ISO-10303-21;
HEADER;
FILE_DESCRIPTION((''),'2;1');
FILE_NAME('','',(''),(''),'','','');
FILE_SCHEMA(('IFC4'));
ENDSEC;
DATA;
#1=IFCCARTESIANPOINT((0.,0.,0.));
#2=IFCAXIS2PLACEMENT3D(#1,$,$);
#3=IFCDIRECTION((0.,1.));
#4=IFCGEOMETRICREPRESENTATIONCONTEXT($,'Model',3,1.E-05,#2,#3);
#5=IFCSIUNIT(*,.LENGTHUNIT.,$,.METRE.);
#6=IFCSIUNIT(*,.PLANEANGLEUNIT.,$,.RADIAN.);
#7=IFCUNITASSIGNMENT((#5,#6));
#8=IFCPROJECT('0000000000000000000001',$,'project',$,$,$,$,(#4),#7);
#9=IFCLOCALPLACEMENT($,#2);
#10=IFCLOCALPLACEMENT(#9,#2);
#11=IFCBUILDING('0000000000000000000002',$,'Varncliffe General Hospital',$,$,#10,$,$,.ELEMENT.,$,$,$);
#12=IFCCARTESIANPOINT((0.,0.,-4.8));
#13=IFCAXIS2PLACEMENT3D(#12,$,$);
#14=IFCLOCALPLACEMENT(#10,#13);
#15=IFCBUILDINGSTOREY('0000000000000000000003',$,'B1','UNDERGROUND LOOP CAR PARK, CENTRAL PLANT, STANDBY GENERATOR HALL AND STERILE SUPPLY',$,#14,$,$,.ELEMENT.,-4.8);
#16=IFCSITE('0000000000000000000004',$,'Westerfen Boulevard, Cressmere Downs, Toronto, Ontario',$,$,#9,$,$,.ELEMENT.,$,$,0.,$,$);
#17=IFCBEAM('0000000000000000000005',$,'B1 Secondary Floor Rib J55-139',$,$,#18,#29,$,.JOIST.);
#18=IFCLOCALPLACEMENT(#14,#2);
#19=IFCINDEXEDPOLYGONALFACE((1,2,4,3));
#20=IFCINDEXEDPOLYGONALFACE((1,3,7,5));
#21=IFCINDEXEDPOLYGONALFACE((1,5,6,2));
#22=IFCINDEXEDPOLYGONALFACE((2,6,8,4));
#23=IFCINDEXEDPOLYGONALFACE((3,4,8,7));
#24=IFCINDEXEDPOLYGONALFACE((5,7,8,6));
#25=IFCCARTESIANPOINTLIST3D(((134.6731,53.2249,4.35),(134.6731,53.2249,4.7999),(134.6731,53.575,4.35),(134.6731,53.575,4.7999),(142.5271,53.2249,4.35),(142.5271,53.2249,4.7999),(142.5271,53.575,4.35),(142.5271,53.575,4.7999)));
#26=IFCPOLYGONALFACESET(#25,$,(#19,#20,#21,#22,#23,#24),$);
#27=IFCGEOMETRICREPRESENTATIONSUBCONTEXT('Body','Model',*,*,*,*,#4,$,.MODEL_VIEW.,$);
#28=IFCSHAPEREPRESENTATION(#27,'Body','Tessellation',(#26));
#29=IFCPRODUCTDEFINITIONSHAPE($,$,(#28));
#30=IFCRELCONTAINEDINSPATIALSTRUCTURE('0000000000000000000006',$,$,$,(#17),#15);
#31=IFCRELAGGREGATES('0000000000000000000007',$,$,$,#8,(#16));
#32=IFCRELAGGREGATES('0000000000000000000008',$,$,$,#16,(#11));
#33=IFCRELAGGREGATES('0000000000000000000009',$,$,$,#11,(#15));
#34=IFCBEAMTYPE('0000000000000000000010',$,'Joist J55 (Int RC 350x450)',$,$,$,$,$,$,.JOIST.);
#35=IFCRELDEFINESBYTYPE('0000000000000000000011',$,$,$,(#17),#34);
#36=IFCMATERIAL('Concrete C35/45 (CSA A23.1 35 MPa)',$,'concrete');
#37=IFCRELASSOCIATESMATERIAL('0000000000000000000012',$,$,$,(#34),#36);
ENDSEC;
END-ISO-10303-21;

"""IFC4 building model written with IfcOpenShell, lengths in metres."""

from ifc_helpers import new_model, si_unit, direction, frame, origin, origin_2d, place, context, subcontext, project, spatial, rectangle, extrude, material, material_profile, profile_set, type_object, element, save


model = new_model("IFC4")

# Units and contexts
model_context = context("Model", 3, precision=1e-05, world=origin(), true_north=direction((0.0, 1.0)))
body_context = subcontext(model_context, "Body", "Model", "MODEL_VIEW")
ifc_project = project(units=[si_unit("LENGTHUNIT", "METRE"), si_unit("PLANEANGLEUNIT", "RADIAN")], contexts=[model_context])

# Site, building, storey
site_placement = place(None, origin())
site = spatial("IfcSite", under=ifc_project, at=site_placement, Name="Westerfen Boulevard, Cressmere Downs, Toronto, Ontario", CompositionType="ELEMENT", RefElevation=0.0)
building_placement = place(site_placement, origin())
building = spatial("IfcBuilding", under=site, at=building_placement, Name="Varncliffe General Hospital", CompositionType="ELEMENT")
storey_placement = place(building_placement, frame((0.0, 0.0, -4.8)))
storey = spatial("IfcBuildingStorey", under=building, at=storey_placement, Name="B1", Description="UNDERGROUND LOOP CAR PARK, CENTRAL PLANT, STANDBY GENERATOR HALL AND STERILE SUPPLY", CompositionType="ELEMENT", Elevation=-4.8)

# Beam
ifc_material_1 = material(Name="Concrete C35/45 (CSA A23.1 35 MPa)", Category="concrete")
ifc_material_profile_1 = material_profile(ifc_material_1, rectangle(XDim=0.3501, YDim=0.45, at=origin_2d()), Name="RC 350x450")
ifc_profile_set_1 = profile_set([ifc_material_profile_1], Name="Concrete C35/45 (CSA A23.1 35 MPa)")
beam_type_1 = type_object("IfcBeamType", Name="Joist J55 (Int RC 350x450)", PredefinedType="JOIST", material=ifc_profile_set_1)
for number, where, z_axis, x_axis, name in (
    (1, (134.6731, 53.3999, 4.575), (1.0, 0.0, 0.0), (0.0, 1.0, 0.0), "B1 Secondary Floor Rib J55-139"),
):
    element("IfcBeam", number, at=place(storey_placement, frame(where, z_axis=z_axis, x_axis=x_axis)), inside=storey, type_object=beam_type_1, Name=name, PredefinedType="JOIST", context=body_context, shape_type="SweptSolid", body=[
        extrude(rectangle(XDim=0.3501, YDim=0.45, at=origin_2d()), origin(), (0.0, 0.0, 1.0), 7.854),
    ])

save(model, "model.ifc")
